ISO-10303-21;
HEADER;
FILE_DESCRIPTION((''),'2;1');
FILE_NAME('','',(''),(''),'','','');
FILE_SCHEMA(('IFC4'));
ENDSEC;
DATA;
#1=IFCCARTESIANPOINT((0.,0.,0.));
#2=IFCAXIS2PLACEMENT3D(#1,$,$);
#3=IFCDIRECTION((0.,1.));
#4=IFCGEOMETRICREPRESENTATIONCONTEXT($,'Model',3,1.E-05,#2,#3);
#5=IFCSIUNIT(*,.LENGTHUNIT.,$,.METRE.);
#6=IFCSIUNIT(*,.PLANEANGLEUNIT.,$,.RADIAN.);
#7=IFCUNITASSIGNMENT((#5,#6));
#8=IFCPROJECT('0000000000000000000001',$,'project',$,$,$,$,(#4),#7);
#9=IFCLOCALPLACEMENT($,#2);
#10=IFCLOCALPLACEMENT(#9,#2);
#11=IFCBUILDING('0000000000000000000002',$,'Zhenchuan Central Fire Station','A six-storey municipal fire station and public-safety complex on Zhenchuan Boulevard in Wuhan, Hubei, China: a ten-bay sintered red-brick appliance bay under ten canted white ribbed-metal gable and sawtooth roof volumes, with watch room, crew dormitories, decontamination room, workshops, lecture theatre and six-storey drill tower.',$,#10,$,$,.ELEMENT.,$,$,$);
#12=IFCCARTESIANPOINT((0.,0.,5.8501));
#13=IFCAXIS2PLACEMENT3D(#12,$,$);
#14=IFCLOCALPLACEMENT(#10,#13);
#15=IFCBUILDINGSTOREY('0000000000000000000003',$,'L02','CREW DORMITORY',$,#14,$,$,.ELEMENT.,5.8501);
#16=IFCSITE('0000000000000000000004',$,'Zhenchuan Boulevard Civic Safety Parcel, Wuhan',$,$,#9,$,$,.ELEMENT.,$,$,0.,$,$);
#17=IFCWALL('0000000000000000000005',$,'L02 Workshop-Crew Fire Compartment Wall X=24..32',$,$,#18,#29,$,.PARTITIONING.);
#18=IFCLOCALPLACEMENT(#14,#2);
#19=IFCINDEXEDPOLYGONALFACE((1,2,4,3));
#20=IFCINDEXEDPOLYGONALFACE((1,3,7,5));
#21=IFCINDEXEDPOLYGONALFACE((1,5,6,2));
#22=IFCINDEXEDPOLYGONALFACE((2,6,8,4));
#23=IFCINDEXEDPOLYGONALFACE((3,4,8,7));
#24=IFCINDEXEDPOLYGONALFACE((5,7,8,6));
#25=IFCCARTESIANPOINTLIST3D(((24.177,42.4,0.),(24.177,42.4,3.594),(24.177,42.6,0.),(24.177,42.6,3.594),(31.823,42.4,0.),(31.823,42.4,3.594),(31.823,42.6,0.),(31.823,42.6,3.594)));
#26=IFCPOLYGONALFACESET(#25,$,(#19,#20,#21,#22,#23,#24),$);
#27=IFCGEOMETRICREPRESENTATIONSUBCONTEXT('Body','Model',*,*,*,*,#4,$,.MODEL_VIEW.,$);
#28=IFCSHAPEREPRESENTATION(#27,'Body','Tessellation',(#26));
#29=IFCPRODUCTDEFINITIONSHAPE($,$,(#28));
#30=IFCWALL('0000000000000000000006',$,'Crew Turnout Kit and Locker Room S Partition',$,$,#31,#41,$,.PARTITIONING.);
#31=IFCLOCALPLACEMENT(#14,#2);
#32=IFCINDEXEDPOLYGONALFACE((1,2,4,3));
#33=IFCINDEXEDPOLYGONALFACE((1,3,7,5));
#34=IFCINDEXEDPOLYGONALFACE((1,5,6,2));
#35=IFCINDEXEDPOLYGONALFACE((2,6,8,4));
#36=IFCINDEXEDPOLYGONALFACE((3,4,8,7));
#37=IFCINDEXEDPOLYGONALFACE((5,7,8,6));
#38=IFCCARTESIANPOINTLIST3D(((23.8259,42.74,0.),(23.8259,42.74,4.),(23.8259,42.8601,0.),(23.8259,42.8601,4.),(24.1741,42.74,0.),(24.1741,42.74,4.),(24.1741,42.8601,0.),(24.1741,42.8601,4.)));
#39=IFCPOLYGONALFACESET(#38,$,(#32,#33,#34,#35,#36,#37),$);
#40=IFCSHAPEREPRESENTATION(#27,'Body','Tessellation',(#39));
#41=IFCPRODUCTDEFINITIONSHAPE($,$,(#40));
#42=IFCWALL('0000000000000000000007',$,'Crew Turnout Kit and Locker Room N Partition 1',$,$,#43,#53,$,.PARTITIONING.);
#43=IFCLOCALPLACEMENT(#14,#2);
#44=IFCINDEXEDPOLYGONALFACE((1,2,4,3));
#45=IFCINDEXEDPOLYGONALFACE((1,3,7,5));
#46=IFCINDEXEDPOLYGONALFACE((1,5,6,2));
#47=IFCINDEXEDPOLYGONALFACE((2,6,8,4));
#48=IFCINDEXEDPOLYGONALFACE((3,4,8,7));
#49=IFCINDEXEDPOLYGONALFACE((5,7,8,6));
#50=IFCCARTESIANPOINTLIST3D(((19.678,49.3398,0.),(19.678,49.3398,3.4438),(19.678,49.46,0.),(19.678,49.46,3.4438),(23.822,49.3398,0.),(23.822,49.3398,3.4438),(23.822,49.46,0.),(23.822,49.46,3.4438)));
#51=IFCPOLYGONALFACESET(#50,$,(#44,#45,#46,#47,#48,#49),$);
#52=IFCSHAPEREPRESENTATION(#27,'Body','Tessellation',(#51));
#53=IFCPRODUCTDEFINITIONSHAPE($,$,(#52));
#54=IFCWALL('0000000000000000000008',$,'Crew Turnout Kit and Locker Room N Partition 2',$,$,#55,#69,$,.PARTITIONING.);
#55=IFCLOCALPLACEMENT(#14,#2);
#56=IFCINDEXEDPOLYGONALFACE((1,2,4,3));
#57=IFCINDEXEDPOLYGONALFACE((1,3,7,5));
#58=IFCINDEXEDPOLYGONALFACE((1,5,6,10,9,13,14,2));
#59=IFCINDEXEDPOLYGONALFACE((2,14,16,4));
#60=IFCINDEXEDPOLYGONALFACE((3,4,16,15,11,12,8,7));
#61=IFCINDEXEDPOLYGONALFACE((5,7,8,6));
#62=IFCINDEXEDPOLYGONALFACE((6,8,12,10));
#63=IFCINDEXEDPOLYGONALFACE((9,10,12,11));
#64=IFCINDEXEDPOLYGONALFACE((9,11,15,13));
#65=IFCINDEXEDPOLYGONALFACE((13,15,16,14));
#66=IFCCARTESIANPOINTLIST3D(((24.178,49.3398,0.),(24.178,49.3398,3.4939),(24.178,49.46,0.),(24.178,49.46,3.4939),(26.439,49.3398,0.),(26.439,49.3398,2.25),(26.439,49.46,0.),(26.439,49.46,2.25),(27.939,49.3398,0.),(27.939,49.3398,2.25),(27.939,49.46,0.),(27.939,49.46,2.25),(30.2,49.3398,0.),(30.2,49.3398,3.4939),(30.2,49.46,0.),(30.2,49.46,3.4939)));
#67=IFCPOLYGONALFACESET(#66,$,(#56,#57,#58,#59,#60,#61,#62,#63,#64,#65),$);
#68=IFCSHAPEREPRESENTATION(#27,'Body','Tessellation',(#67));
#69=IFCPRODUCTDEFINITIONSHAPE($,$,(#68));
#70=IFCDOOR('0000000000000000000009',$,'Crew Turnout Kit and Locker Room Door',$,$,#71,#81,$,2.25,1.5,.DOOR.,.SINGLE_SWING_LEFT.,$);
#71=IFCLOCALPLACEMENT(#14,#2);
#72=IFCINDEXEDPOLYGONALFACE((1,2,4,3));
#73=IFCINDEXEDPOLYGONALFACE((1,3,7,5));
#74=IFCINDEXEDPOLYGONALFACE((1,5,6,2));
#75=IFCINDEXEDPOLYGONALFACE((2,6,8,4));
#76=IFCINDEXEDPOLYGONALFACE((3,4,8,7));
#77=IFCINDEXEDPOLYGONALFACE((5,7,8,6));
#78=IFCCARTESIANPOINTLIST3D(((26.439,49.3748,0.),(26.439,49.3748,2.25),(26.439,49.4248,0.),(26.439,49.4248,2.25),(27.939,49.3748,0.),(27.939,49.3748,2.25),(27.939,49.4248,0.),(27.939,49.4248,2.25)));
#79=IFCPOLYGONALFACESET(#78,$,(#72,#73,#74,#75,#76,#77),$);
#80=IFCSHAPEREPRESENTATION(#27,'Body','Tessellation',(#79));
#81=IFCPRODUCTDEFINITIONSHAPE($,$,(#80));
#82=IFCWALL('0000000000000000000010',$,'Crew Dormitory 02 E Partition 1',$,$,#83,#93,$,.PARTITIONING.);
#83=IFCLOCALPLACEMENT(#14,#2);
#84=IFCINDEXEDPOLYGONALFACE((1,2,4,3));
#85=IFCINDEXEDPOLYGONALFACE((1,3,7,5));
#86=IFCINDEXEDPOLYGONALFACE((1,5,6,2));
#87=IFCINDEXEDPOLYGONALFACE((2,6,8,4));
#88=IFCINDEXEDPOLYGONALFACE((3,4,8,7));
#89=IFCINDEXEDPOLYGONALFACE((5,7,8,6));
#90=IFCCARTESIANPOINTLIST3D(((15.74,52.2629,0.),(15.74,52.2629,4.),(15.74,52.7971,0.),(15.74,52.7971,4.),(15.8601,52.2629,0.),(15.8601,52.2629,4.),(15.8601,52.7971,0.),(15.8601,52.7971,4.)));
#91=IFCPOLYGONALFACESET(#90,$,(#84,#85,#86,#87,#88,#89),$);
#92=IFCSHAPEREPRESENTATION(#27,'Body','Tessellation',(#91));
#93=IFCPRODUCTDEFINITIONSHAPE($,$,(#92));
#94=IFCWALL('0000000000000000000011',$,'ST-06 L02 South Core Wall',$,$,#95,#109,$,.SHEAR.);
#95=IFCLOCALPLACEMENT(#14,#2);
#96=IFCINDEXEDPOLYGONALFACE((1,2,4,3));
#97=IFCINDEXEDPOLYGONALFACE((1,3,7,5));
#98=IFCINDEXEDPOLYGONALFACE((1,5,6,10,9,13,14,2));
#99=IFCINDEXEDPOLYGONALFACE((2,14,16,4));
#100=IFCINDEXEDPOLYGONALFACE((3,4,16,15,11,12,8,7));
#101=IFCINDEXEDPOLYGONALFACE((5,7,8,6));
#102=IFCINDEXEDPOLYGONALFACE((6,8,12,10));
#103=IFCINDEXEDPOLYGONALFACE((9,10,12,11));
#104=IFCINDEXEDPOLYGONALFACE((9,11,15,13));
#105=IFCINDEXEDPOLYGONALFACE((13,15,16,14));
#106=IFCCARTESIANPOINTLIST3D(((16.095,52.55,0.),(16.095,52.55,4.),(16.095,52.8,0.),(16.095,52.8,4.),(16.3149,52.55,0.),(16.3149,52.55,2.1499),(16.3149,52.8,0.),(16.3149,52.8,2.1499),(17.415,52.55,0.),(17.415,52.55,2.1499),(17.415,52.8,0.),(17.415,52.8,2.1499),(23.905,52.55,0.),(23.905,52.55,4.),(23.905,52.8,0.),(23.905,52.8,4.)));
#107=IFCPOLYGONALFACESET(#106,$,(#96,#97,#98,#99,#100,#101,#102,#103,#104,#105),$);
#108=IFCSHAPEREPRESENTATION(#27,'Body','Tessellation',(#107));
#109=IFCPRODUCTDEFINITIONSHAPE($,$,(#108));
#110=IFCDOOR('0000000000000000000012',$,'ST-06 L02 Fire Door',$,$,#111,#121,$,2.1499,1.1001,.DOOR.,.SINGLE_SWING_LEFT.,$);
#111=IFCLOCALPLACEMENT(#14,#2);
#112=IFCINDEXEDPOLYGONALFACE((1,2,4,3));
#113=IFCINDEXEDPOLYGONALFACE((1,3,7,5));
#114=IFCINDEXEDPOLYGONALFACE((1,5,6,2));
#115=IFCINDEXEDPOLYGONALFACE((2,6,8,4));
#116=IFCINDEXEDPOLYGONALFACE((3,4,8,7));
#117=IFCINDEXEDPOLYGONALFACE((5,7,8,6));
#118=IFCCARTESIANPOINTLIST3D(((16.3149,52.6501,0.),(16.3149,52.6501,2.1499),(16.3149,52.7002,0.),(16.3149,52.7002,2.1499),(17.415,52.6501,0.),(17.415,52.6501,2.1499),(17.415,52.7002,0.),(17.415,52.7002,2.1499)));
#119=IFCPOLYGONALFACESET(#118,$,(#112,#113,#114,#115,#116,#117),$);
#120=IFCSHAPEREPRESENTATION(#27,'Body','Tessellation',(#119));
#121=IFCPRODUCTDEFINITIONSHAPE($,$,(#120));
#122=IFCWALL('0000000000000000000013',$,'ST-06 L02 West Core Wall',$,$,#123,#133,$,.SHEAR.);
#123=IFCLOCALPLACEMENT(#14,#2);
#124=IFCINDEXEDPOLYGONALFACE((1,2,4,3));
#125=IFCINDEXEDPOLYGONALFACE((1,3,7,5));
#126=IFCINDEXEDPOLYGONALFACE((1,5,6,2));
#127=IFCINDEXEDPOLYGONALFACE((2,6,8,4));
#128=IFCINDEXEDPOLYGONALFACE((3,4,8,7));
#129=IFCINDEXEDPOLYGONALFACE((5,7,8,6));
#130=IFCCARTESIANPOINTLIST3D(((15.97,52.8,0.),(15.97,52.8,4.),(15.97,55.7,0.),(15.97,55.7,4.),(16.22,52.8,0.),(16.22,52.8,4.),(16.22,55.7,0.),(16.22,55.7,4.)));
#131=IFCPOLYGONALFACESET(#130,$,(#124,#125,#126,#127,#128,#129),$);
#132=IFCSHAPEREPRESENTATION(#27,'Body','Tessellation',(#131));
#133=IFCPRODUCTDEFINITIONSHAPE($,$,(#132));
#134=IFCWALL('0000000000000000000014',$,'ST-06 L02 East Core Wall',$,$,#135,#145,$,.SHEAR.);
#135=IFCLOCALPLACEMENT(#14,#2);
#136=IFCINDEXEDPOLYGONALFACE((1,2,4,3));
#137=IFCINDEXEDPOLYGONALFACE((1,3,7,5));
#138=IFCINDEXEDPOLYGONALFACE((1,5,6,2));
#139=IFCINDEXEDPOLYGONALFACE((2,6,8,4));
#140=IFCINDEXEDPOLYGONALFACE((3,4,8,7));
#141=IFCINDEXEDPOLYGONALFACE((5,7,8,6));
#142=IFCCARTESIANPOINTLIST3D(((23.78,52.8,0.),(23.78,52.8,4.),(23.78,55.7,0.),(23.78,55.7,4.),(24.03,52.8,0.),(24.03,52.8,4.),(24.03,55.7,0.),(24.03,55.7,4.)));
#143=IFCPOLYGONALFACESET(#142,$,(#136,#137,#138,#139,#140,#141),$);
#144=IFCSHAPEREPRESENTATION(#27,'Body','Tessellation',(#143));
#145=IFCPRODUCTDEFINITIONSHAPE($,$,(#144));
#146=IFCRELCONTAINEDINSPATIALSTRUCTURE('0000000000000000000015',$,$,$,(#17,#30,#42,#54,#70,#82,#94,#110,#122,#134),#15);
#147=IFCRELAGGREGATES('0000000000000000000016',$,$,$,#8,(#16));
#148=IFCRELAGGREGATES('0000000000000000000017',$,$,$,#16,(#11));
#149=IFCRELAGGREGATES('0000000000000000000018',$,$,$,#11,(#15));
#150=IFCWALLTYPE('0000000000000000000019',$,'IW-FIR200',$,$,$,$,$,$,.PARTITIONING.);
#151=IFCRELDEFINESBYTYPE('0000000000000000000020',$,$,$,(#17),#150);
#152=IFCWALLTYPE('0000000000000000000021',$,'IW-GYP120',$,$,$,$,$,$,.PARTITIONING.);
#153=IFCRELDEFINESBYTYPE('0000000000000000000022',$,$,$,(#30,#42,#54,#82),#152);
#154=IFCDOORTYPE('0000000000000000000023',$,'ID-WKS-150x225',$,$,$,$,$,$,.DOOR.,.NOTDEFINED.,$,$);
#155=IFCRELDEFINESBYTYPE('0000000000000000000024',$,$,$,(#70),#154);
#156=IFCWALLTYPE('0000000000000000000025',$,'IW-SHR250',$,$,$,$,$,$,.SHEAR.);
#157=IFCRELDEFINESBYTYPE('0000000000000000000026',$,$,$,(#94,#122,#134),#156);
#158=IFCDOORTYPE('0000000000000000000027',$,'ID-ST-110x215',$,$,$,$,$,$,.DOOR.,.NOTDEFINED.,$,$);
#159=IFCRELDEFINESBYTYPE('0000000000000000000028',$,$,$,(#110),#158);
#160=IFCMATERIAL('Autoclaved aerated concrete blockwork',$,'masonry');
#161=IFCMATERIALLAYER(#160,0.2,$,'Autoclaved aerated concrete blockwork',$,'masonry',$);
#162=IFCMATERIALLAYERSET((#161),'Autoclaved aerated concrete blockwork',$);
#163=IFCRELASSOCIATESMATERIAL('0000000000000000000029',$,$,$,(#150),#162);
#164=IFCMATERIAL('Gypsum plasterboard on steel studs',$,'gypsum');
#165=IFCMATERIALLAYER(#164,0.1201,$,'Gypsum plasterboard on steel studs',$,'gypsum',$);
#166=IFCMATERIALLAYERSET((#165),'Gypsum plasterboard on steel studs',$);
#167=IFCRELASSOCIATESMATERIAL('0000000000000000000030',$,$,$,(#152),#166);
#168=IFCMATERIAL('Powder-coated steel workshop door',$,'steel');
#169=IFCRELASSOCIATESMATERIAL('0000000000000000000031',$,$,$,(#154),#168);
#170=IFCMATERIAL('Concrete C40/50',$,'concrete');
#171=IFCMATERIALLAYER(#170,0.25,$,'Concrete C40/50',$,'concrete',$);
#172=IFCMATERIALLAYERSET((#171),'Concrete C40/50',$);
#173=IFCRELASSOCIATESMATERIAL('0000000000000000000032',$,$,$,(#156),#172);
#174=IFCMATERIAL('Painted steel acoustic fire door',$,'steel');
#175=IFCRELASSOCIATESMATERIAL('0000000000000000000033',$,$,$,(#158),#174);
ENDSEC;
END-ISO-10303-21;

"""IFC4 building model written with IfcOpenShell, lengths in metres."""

from ifc_helpers import new_model, si_unit, direction, frame, frame_2d, origin, place, context, subcontext, project, spatial, rectangle, extrude, material, layer, layer_set, type_object, element, fill, save


model = new_model("IFC4")

# Units and contexts
model_context = context("Model", 3, precision=1e-05, world=origin(), true_north=direction((0.0, 1.0)))
body_context = subcontext(model_context, "Body", "Model", "MODEL_VIEW")
ifc_project = project(units=[si_unit("LENGTHUNIT", "METRE"), si_unit("PLANEANGLEUNIT", "RADIAN")], contexts=[model_context])

# Site, building, storey
site_placement = place(None, origin())
site = spatial("IfcSite", under=ifc_project, at=site_placement, Name="Zhenchuan Boulevard Civic Safety Parcel, Wuhan", CompositionType="ELEMENT", RefElevation=0.0)
building_placement = place(site_placement, origin())
building = spatial("IfcBuilding", under=site, at=building_placement, Name="Zhenchuan Central Fire Station", Description="A six-storey municipal fire station and public-safety complex on Zhenchuan Boulevard in Wuhan, Hubei, China: a ten-bay sintered red-brick appliance bay under ten canted white ribbed-metal gable and sawtooth roof volumes, with watch room, crew dormitories, decontamination room, workshops, lecture theatre and six-storey drill tower.", CompositionType="ELEMENT")
storey_placement = place(building_placement, frame((0.0, 0.0, 5.8501)))
storey = spatial("IfcBuildingStorey", under=building, at=storey_placement, Name="L02", Description="CREW DORMITORY", CompositionType="ELEMENT", Elevation=5.8501)

# Walls
ifc_material_1 = material(Name="Autoclaved aerated concrete blockwork", Category="masonry")
ifc_layer_1 = layer(ifc_material_1, 0.2, Name="Autoclaved aerated concrete blockwork", Category="masonry")
ifc_layer_set_1 = layer_set([ifc_layer_1], Name="Autoclaved aerated concrete blockwork")
wall_type_1 = type_object("IfcWallType", Name="IW-FIR200", PredefinedType="PARTITIONING", material=ifc_layer_set_1)
wall_1_placement = place(storey_placement, frame((24.177, 42.5, 0.0), z_axis=(0.0, 0.0, 1.0), x_axis=(1.0, 0.0, 0.0)))
element("IfcWall", 1, at=wall_1_placement, inside=storey, type_object=wall_type_1, Name="L02 Workshop-Crew Fire Compartment Wall X=24..32", PredefinedType="PARTITIONING", context=body_context, shape_type="SweptSolid", body=[
    extrude(rectangle(XDim=7.646, YDim=0.2, at=frame_2d((3.823, 0.0))), origin(), (0.0, 0.0, 1.0), 3.594),
])
ifc_material_2 = material(Name="Gypsum plasterboard on steel studs", Category="gypsum")
ifc_layer_2 = layer(ifc_material_2, 0.1201, Name="Gypsum plasterboard on steel studs", Category="gypsum")
ifc_layer_set_2 = layer_set([ifc_layer_2], Name="Gypsum plasterboard on steel studs")
wall_type_2 = type_object("IfcWallType", Name="IW-GYP120", PredefinedType="PARTITIONING", material=ifc_layer_set_2)
wall_2_placement = place(storey_placement, frame((23.8259, 42.8, 0.0), z_axis=(0.0, 0.0, 1.0), x_axis=(1.0, 0.0, 0.0)))
element("IfcWall", 2, at=wall_2_placement, inside=storey, type_object=wall_type_2, Name="Crew Turnout Kit and Locker Room S Partition", PredefinedType="PARTITIONING", context=body_context, shape_type="SweptSolid", body=[
    extrude(rectangle(XDim=0.3481, YDim=0.1201, at=frame_2d((0.1741, 0.0))), origin(), (0.0, 0.0, 1.0), 4.0),
])
wall_3_placement = place(storey_placement, frame((19.678, 49.3999, 0.0), z_axis=(0.0, 0.0, 1.0), x_axis=(1.0, 0.0, 0.0)))
element("IfcWall", 3, at=wall_3_placement, inside=storey, type_object=wall_type_2, Name="Crew Turnout Kit and Locker Room N Partition 1", PredefinedType="PARTITIONING", context=body_context, shape_type="SweptSolid", body=[
    extrude(rectangle(XDim=4.144, YDim=0.1201, at=frame_2d((2.072, 0.0))), origin(), (0.0, 0.0, 1.0), 3.4438),
])

# Wall, opening, door
wall_4_placement = place(storey_placement, frame((24.178, 49.3999, 0.0), z_axis=(0.0, 0.0, 1.0), x_axis=(1.0, 0.0, 0.0)))
wall_4 = element("IfcWall", 4, at=wall_4_placement, inside=storey, type_object=wall_type_2, Name="Crew Turnout Kit and Locker Room N Partition 2", PredefinedType="PARTITIONING", context=body_context, shape_type="SweptSolid", body=[
    extrude(rectangle(XDim=6.022, YDim=0.1201, at=frame_2d((3.011, 0.0))), origin(), (0.0, 0.0, 1.0), 3.4939),
])
opening_1_placement = place(wall_4_placement, frame((2.261, 0.0, 0.0)))
opening_1 = element("IfcOpeningElement", 5, at=opening_1_placement, cuts=wall_4, PredefinedType="OPENING", context=body_context, shape_type="SweptSolid", body=[
    extrude(rectangle(XDim=1.5, YDim=2.25, at=frame_2d((0.75, 1.125))), frame((0.0, 0.0701, 0.0), z_axis=(0.0, -1.0, 0.0), x_axis=(1.0, 0.0, 0.0)), (0.0, 0.0, 1.0), 0.1401),
])
ifc_material_3 = material(Name="Powder-coated steel workshop door", Category="steel")
door_type_1 = type_object("IfcDoorType", Name="ID-WKS-150x225", OperationType="NOTDEFINED", PredefinedType="DOOR", material=ifc_material_3)
door_1_placement = place(opening_1_placement, origin())
door_1 = element("IfcDoor", 6, at=door_1_placement, inside=storey, type_object=door_type_1, Name="Crew Turnout Kit and Locker Room Door", OperationType="SINGLE_SWING_LEFT", OverallHeight=2.25, OverallWidth=1.5, PredefinedType="DOOR", context=body_context, shape_type="SweptSolid", body=[
    extrude(rectangle(XDim=1.5, YDim=2.25, at=frame_2d((0.75, 1.125))), frame((0.0, 0.0249, 0.0), z_axis=(0.0, -1.0, 0.0), x_axis=(1.0, 0.0, 0.0)), (0.0, 0.0, 1.0), 0.05),
])
fill(opening_1, door_1)

# Wall
wall_5_placement = place(storey_placement, frame((15.8, 52.2629, 0.0), z_axis=(0.0, 0.0, 1.0), x_axis=(0.0, 1.0, 0.0)))
element("IfcWall", 7, at=wall_5_placement, inside=storey, type_object=wall_type_2, Name="Crew Dormitory 02 E Partition 1", PredefinedType="PARTITIONING", context=body_context, shape_type="SweptSolid", body=[
    extrude(rectangle(XDim=0.5342, YDim=0.1201, at=frame_2d((0.2671, 0.0))), origin(), (0.0, 0.0, 1.0), 4.0),
])

# Wall, opening, door
ifc_material_4 = material(Name="Concrete C40/50", Category="concrete")
ifc_layer_3 = layer(ifc_material_4, 0.25, Name="Concrete C40/50", Category="concrete")
ifc_layer_set_3 = layer_set([ifc_layer_3], Name="Concrete C40/50")
wall_type_3 = type_object("IfcWallType", Name="IW-SHR250", PredefinedType="SHEAR", material=ifc_layer_set_3)
wall_6_placement = place(storey_placement, frame((16.095, 52.675, 0.0), z_axis=(0.0, 0.0, 1.0), x_axis=(1.0, 0.0, 0.0)))
wall_6 = element("IfcWall", 8, at=wall_6_placement, inside=storey, type_object=wall_type_3, Name="ST-06 L02 South Core Wall", PredefinedType="SHEAR", context=body_context, shape_type="SweptSolid", body=[
    extrude(rectangle(XDim=7.8101, YDim=0.25, at=frame_2d((3.905, 0.0))), origin(), (0.0, 0.0, 1.0), 4.0),
])
opening_2_placement = place(wall_6_placement, frame((0.22, 0.0, 0.0)))
opening_2 = element("IfcOpeningElement", 9, at=opening_2_placement, cuts=wall_6, PredefinedType="OPENING", context=body_context, shape_type="SweptSolid", body=[
    extrude(rectangle(XDim=1.1001, YDim=2.1499, at=frame_2d((0.55, 1.075))), frame((0.0, 0.135, 0.0), z_axis=(0.0, -1.0, 0.0), x_axis=(1.0, 0.0, 0.0)), (0.0, 0.0, 1.0), 0.27),
])
ifc_material_5 = material(Name="Painted steel acoustic fire door", Category="steel")
door_type_2 = type_object("IfcDoorType", Name="ID-ST-110x215", OperationType="NOTDEFINED", PredefinedType="DOOR", material=ifc_material_5)
door_2_placement = place(opening_2_placement, frame((1.1001, 0.0, 0.0), z_axis=(0.0, 0.0, 1.0), x_axis=(-1.0, 0.0, 0.0)))
door_2 = element("IfcDoor", 10, at=door_2_placement, inside=storey, type_object=door_type_2, Name="ST-06 L02 Fire Door", OperationType="SINGLE_SWING_LEFT", OverallHeight=2.1499, OverallWidth=1.1001, PredefinedType="DOOR", context=body_context, shape_type="SweptSolid", body=[
    extrude(rectangle(XDim=1.1001, YDim=2.1499, at=frame_2d((0.55, 1.075))), frame((0.0, 0.0249, 0.0), z_axis=(0.0, -1.0, 0.0), x_axis=(1.0, 0.0, 0.0)), (0.0, 0.0, 1.0), 0.05),
])
fill(opening_2, door_2)

# Walls
for number, where, z_axis, x_axis, name in (
    (11, (16.095, 52.8, 0.0), (0.0, 0.0, 1.0), (0.0, 1.0, 0.0), "ST-06 L02 West Core Wall"),
    (12, (23.905, 52.8, 0.0), (0.0, 0.0, 1.0), (0.0, 1.0, 0.0), "ST-06 L02 East Core Wall"),
):
    element("IfcWall", number, at=place(storey_placement, frame(where, z_axis=z_axis, x_axis=x_axis)), inside=storey, type_object=wall_type_3, Name=name, PredefinedType="SHEAR", context=body_context, shape_type="SweptSolid", body=[
        extrude(rectangle(XDim=2.8999, YDim=0.25, at=frame_2d((1.45, 0.0))), origin(), (0.0, 0.0, 1.0), 4.0),
    ])

save(model, "model.ifc")
